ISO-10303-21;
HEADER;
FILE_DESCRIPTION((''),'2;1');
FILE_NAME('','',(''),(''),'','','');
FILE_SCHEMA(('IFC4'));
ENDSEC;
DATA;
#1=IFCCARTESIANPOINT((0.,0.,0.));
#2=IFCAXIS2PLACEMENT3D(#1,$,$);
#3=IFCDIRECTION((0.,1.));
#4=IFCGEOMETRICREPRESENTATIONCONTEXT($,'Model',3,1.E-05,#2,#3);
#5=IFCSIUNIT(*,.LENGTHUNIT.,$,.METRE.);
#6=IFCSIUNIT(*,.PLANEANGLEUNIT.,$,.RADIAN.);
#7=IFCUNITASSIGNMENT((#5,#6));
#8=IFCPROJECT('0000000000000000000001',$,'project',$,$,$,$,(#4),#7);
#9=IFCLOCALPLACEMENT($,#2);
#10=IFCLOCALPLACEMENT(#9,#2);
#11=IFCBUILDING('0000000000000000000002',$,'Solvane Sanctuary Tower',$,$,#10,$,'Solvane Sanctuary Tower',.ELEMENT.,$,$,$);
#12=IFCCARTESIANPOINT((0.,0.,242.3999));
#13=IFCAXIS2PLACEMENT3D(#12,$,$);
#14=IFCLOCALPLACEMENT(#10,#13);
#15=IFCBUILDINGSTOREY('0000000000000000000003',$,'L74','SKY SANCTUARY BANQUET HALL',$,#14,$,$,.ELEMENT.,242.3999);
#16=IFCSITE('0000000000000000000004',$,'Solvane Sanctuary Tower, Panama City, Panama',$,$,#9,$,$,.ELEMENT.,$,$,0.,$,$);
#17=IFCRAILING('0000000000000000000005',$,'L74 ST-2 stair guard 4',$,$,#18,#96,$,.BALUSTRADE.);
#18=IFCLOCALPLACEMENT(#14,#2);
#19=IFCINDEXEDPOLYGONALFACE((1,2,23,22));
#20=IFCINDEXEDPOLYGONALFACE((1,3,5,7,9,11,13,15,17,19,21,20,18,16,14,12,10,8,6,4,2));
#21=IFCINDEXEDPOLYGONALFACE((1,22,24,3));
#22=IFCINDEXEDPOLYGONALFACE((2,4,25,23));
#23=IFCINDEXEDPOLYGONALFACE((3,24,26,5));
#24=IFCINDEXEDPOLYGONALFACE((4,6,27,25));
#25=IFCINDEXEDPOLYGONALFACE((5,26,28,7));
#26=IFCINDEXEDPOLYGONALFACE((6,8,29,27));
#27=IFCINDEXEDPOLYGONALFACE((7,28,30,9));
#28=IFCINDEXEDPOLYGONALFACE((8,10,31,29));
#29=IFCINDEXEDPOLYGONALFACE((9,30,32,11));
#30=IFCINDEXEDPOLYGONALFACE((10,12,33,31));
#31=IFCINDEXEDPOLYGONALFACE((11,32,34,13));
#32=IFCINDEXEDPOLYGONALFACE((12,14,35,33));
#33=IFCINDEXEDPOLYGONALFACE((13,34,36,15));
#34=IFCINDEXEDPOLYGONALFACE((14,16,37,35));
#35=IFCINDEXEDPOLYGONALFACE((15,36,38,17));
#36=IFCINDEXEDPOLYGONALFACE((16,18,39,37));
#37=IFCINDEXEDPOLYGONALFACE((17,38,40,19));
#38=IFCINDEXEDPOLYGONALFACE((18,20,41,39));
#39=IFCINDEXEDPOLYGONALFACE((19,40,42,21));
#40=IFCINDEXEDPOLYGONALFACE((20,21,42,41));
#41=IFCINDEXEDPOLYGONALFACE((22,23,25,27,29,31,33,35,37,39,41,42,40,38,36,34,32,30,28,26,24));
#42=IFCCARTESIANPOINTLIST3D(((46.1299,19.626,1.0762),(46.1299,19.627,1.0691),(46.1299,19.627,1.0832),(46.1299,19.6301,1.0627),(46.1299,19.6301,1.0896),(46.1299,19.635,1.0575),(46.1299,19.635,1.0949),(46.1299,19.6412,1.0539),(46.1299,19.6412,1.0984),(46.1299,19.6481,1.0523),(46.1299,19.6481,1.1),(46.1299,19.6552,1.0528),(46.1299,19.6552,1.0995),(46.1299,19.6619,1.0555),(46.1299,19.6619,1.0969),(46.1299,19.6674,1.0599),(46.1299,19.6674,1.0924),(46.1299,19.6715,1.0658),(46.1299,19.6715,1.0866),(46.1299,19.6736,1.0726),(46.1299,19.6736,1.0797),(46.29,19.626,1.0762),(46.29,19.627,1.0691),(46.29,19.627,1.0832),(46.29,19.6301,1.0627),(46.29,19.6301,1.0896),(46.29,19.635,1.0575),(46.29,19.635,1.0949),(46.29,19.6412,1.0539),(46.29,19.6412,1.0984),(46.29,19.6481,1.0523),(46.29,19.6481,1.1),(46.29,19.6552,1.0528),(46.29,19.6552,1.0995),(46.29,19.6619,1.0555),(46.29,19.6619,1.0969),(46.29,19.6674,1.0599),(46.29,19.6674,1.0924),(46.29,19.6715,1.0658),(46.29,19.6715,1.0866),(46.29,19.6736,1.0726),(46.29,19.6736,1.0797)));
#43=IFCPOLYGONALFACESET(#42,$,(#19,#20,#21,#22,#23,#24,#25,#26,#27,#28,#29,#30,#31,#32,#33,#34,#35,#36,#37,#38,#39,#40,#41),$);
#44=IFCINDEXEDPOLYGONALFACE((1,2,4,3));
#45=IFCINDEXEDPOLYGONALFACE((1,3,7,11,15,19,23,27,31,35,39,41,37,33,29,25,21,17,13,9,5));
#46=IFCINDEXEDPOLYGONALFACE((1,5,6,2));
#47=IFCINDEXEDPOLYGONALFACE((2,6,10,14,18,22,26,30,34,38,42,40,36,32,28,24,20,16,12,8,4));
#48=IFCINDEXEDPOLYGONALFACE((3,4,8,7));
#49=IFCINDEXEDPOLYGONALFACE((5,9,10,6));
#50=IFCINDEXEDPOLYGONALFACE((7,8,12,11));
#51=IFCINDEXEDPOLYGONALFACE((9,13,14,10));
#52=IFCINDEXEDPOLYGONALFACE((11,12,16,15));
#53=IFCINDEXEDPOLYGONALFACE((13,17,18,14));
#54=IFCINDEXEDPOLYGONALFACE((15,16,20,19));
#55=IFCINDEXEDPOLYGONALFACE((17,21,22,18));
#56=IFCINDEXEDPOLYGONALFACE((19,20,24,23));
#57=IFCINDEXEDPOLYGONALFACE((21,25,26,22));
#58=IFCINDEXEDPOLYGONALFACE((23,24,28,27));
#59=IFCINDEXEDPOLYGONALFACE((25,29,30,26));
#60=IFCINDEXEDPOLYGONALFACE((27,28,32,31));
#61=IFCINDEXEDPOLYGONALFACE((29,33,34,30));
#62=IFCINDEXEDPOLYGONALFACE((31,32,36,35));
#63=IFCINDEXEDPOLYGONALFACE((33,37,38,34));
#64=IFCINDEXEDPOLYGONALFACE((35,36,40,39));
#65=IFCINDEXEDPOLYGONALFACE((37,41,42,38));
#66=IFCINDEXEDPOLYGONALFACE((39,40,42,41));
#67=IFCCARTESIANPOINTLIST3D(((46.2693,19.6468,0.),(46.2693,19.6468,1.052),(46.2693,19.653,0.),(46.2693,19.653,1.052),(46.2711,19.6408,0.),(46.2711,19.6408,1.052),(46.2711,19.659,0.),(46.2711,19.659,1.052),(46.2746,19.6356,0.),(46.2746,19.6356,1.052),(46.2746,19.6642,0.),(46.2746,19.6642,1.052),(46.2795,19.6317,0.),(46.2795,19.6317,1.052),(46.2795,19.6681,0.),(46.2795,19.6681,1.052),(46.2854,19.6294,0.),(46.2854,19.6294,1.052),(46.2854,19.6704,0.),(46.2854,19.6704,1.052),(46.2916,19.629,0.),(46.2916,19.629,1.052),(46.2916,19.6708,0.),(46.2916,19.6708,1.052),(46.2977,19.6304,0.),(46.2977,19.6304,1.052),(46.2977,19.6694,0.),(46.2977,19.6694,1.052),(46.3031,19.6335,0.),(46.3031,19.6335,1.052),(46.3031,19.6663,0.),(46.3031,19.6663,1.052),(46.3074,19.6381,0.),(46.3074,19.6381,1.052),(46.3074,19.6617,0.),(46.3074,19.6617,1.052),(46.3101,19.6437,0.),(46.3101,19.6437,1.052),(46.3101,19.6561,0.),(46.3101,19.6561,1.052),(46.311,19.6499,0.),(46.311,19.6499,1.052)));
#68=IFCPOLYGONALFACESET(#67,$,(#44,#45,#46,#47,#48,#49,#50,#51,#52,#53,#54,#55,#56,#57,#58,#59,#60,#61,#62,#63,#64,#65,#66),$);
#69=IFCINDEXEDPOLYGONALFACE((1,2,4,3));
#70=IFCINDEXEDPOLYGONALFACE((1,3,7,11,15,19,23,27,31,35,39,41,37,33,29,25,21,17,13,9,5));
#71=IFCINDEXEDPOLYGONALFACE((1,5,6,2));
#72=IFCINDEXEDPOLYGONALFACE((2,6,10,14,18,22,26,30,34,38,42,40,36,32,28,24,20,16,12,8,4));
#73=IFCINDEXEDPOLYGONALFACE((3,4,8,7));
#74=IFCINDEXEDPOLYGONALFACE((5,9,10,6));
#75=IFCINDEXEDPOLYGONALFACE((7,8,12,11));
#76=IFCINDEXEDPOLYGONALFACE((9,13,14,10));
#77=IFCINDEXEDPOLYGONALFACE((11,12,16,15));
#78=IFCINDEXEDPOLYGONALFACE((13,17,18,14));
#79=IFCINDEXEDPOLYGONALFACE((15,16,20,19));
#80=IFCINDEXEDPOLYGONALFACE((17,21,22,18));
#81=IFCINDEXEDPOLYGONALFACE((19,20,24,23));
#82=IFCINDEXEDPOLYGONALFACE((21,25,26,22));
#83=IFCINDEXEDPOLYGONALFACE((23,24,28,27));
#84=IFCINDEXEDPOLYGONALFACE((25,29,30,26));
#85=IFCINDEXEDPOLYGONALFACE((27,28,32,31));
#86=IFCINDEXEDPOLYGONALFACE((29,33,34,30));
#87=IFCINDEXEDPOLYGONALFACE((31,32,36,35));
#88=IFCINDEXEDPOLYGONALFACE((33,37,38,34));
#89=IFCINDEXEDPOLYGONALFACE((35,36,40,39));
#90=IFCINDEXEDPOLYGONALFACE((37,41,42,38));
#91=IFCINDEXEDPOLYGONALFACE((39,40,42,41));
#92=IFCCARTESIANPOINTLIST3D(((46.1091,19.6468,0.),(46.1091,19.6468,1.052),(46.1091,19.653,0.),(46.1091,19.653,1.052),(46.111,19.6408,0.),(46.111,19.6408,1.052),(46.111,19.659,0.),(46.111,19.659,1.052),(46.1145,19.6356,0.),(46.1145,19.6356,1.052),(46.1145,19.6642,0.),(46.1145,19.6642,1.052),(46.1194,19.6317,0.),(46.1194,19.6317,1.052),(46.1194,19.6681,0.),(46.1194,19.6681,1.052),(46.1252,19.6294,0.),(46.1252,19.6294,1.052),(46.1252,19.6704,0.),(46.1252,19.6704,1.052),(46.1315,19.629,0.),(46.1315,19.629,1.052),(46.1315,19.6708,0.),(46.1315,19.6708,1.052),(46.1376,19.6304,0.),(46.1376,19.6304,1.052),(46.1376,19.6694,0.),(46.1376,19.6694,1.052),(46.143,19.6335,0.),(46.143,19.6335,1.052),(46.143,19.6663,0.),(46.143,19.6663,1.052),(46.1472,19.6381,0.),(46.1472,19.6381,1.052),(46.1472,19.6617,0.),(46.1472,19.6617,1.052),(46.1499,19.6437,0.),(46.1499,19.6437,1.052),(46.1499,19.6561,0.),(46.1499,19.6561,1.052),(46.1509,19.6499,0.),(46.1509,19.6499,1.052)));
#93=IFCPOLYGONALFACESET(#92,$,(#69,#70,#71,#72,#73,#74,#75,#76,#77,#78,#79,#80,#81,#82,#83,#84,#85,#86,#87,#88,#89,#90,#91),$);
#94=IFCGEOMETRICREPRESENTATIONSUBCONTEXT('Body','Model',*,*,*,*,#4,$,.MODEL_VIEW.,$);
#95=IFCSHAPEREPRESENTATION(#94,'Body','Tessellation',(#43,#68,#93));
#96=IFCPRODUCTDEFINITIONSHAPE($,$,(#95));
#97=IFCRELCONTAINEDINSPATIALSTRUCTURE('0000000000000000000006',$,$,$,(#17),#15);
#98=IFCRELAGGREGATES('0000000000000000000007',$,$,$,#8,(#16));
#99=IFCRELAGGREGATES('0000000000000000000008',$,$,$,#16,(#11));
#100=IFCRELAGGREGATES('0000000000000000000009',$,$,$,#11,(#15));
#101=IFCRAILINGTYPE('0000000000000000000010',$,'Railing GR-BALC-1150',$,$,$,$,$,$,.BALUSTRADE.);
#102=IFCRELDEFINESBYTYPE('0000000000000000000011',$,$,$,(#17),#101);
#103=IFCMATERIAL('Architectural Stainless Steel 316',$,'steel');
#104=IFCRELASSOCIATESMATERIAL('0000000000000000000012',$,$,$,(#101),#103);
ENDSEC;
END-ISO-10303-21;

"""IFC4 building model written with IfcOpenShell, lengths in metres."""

from ifc_helpers import new_model, si_unit, direction, frame, origin, origin_2d, place, context, subcontext, project, spatial, circle, extrude, material, type_object, element, save


model = new_model("IFC4")

# Units and contexts
model_context = context("Model", 3, precision=1e-05, world=origin(), true_north=direction((0.0, 1.0)))
body_context = subcontext(model_context, "Body", "Model", "MODEL_VIEW")
ifc_project = project(units=[si_unit("LENGTHUNIT", "METRE"), si_unit("PLANEANGLEUNIT", "RADIAN")], contexts=[model_context])

# Site, building, storey
site_placement = place(None, origin())
site = spatial("IfcSite", under=ifc_project, at=site_placement, Name="Solvane Sanctuary Tower, Panama City, Panama", CompositionType="ELEMENT", RefElevation=0.0)
building_placement = place(site_placement, origin())
building = spatial("IfcBuilding", under=site, at=building_placement, Name="Solvane Sanctuary Tower", LongName="Solvane Sanctuary Tower", CompositionType="ELEMENT")
storey_placement = place(building_placement, frame((0.0, 0.0, 242.3999)))
storey = spatial("IfcBuildingStorey", under=building, at=storey_placement, Name="L74", Description="SKY SANCTUARY BANQUET HALL", CompositionType="ELEMENT", Elevation=242.3999)

# Shared definitions
ifc_material_1 = material(Name="Architectural Stainless Steel 316", Category="steel")

# Railing
railing_type_1 = type_object("IfcRailingType", Name="Railing GR-BALC-1150", PredefinedType="BALUSTRADE", material=ifc_material_1)
railing_1_placement = place(storey_placement, frame((46.29, 19.6499, 0.0)))
element("IfcRailing", 1, at=railing_1_placement, inside=storey, type_object=railing_type_1, Name="L74 ST-2 stair guard 4", PredefinedType="BALUSTRADE", context=body_context, shape_type="SweptSolid", body=[
    extrude(circle(Radius=0.0239, at=origin_2d()), frame((0.0, 0.0, 1.0762), z_axis=(-1.0, 0.0, 0.0), x_axis=(0.0, -1.0, 0.0)), (0.0, 0.0, 1.0), 0.1602),
    extrude(circle(Radius=0.021, at=origin_2d()), origin(), (0.0, 0.0, 1.0), 1.052),
    extrude(circle(Radius=0.021, at=origin_2d()), frame((-0.1602, 0.0, 0.0)), (0.0, 0.0, 1.0), 1.052),
])

save(model, "model.ifc")
